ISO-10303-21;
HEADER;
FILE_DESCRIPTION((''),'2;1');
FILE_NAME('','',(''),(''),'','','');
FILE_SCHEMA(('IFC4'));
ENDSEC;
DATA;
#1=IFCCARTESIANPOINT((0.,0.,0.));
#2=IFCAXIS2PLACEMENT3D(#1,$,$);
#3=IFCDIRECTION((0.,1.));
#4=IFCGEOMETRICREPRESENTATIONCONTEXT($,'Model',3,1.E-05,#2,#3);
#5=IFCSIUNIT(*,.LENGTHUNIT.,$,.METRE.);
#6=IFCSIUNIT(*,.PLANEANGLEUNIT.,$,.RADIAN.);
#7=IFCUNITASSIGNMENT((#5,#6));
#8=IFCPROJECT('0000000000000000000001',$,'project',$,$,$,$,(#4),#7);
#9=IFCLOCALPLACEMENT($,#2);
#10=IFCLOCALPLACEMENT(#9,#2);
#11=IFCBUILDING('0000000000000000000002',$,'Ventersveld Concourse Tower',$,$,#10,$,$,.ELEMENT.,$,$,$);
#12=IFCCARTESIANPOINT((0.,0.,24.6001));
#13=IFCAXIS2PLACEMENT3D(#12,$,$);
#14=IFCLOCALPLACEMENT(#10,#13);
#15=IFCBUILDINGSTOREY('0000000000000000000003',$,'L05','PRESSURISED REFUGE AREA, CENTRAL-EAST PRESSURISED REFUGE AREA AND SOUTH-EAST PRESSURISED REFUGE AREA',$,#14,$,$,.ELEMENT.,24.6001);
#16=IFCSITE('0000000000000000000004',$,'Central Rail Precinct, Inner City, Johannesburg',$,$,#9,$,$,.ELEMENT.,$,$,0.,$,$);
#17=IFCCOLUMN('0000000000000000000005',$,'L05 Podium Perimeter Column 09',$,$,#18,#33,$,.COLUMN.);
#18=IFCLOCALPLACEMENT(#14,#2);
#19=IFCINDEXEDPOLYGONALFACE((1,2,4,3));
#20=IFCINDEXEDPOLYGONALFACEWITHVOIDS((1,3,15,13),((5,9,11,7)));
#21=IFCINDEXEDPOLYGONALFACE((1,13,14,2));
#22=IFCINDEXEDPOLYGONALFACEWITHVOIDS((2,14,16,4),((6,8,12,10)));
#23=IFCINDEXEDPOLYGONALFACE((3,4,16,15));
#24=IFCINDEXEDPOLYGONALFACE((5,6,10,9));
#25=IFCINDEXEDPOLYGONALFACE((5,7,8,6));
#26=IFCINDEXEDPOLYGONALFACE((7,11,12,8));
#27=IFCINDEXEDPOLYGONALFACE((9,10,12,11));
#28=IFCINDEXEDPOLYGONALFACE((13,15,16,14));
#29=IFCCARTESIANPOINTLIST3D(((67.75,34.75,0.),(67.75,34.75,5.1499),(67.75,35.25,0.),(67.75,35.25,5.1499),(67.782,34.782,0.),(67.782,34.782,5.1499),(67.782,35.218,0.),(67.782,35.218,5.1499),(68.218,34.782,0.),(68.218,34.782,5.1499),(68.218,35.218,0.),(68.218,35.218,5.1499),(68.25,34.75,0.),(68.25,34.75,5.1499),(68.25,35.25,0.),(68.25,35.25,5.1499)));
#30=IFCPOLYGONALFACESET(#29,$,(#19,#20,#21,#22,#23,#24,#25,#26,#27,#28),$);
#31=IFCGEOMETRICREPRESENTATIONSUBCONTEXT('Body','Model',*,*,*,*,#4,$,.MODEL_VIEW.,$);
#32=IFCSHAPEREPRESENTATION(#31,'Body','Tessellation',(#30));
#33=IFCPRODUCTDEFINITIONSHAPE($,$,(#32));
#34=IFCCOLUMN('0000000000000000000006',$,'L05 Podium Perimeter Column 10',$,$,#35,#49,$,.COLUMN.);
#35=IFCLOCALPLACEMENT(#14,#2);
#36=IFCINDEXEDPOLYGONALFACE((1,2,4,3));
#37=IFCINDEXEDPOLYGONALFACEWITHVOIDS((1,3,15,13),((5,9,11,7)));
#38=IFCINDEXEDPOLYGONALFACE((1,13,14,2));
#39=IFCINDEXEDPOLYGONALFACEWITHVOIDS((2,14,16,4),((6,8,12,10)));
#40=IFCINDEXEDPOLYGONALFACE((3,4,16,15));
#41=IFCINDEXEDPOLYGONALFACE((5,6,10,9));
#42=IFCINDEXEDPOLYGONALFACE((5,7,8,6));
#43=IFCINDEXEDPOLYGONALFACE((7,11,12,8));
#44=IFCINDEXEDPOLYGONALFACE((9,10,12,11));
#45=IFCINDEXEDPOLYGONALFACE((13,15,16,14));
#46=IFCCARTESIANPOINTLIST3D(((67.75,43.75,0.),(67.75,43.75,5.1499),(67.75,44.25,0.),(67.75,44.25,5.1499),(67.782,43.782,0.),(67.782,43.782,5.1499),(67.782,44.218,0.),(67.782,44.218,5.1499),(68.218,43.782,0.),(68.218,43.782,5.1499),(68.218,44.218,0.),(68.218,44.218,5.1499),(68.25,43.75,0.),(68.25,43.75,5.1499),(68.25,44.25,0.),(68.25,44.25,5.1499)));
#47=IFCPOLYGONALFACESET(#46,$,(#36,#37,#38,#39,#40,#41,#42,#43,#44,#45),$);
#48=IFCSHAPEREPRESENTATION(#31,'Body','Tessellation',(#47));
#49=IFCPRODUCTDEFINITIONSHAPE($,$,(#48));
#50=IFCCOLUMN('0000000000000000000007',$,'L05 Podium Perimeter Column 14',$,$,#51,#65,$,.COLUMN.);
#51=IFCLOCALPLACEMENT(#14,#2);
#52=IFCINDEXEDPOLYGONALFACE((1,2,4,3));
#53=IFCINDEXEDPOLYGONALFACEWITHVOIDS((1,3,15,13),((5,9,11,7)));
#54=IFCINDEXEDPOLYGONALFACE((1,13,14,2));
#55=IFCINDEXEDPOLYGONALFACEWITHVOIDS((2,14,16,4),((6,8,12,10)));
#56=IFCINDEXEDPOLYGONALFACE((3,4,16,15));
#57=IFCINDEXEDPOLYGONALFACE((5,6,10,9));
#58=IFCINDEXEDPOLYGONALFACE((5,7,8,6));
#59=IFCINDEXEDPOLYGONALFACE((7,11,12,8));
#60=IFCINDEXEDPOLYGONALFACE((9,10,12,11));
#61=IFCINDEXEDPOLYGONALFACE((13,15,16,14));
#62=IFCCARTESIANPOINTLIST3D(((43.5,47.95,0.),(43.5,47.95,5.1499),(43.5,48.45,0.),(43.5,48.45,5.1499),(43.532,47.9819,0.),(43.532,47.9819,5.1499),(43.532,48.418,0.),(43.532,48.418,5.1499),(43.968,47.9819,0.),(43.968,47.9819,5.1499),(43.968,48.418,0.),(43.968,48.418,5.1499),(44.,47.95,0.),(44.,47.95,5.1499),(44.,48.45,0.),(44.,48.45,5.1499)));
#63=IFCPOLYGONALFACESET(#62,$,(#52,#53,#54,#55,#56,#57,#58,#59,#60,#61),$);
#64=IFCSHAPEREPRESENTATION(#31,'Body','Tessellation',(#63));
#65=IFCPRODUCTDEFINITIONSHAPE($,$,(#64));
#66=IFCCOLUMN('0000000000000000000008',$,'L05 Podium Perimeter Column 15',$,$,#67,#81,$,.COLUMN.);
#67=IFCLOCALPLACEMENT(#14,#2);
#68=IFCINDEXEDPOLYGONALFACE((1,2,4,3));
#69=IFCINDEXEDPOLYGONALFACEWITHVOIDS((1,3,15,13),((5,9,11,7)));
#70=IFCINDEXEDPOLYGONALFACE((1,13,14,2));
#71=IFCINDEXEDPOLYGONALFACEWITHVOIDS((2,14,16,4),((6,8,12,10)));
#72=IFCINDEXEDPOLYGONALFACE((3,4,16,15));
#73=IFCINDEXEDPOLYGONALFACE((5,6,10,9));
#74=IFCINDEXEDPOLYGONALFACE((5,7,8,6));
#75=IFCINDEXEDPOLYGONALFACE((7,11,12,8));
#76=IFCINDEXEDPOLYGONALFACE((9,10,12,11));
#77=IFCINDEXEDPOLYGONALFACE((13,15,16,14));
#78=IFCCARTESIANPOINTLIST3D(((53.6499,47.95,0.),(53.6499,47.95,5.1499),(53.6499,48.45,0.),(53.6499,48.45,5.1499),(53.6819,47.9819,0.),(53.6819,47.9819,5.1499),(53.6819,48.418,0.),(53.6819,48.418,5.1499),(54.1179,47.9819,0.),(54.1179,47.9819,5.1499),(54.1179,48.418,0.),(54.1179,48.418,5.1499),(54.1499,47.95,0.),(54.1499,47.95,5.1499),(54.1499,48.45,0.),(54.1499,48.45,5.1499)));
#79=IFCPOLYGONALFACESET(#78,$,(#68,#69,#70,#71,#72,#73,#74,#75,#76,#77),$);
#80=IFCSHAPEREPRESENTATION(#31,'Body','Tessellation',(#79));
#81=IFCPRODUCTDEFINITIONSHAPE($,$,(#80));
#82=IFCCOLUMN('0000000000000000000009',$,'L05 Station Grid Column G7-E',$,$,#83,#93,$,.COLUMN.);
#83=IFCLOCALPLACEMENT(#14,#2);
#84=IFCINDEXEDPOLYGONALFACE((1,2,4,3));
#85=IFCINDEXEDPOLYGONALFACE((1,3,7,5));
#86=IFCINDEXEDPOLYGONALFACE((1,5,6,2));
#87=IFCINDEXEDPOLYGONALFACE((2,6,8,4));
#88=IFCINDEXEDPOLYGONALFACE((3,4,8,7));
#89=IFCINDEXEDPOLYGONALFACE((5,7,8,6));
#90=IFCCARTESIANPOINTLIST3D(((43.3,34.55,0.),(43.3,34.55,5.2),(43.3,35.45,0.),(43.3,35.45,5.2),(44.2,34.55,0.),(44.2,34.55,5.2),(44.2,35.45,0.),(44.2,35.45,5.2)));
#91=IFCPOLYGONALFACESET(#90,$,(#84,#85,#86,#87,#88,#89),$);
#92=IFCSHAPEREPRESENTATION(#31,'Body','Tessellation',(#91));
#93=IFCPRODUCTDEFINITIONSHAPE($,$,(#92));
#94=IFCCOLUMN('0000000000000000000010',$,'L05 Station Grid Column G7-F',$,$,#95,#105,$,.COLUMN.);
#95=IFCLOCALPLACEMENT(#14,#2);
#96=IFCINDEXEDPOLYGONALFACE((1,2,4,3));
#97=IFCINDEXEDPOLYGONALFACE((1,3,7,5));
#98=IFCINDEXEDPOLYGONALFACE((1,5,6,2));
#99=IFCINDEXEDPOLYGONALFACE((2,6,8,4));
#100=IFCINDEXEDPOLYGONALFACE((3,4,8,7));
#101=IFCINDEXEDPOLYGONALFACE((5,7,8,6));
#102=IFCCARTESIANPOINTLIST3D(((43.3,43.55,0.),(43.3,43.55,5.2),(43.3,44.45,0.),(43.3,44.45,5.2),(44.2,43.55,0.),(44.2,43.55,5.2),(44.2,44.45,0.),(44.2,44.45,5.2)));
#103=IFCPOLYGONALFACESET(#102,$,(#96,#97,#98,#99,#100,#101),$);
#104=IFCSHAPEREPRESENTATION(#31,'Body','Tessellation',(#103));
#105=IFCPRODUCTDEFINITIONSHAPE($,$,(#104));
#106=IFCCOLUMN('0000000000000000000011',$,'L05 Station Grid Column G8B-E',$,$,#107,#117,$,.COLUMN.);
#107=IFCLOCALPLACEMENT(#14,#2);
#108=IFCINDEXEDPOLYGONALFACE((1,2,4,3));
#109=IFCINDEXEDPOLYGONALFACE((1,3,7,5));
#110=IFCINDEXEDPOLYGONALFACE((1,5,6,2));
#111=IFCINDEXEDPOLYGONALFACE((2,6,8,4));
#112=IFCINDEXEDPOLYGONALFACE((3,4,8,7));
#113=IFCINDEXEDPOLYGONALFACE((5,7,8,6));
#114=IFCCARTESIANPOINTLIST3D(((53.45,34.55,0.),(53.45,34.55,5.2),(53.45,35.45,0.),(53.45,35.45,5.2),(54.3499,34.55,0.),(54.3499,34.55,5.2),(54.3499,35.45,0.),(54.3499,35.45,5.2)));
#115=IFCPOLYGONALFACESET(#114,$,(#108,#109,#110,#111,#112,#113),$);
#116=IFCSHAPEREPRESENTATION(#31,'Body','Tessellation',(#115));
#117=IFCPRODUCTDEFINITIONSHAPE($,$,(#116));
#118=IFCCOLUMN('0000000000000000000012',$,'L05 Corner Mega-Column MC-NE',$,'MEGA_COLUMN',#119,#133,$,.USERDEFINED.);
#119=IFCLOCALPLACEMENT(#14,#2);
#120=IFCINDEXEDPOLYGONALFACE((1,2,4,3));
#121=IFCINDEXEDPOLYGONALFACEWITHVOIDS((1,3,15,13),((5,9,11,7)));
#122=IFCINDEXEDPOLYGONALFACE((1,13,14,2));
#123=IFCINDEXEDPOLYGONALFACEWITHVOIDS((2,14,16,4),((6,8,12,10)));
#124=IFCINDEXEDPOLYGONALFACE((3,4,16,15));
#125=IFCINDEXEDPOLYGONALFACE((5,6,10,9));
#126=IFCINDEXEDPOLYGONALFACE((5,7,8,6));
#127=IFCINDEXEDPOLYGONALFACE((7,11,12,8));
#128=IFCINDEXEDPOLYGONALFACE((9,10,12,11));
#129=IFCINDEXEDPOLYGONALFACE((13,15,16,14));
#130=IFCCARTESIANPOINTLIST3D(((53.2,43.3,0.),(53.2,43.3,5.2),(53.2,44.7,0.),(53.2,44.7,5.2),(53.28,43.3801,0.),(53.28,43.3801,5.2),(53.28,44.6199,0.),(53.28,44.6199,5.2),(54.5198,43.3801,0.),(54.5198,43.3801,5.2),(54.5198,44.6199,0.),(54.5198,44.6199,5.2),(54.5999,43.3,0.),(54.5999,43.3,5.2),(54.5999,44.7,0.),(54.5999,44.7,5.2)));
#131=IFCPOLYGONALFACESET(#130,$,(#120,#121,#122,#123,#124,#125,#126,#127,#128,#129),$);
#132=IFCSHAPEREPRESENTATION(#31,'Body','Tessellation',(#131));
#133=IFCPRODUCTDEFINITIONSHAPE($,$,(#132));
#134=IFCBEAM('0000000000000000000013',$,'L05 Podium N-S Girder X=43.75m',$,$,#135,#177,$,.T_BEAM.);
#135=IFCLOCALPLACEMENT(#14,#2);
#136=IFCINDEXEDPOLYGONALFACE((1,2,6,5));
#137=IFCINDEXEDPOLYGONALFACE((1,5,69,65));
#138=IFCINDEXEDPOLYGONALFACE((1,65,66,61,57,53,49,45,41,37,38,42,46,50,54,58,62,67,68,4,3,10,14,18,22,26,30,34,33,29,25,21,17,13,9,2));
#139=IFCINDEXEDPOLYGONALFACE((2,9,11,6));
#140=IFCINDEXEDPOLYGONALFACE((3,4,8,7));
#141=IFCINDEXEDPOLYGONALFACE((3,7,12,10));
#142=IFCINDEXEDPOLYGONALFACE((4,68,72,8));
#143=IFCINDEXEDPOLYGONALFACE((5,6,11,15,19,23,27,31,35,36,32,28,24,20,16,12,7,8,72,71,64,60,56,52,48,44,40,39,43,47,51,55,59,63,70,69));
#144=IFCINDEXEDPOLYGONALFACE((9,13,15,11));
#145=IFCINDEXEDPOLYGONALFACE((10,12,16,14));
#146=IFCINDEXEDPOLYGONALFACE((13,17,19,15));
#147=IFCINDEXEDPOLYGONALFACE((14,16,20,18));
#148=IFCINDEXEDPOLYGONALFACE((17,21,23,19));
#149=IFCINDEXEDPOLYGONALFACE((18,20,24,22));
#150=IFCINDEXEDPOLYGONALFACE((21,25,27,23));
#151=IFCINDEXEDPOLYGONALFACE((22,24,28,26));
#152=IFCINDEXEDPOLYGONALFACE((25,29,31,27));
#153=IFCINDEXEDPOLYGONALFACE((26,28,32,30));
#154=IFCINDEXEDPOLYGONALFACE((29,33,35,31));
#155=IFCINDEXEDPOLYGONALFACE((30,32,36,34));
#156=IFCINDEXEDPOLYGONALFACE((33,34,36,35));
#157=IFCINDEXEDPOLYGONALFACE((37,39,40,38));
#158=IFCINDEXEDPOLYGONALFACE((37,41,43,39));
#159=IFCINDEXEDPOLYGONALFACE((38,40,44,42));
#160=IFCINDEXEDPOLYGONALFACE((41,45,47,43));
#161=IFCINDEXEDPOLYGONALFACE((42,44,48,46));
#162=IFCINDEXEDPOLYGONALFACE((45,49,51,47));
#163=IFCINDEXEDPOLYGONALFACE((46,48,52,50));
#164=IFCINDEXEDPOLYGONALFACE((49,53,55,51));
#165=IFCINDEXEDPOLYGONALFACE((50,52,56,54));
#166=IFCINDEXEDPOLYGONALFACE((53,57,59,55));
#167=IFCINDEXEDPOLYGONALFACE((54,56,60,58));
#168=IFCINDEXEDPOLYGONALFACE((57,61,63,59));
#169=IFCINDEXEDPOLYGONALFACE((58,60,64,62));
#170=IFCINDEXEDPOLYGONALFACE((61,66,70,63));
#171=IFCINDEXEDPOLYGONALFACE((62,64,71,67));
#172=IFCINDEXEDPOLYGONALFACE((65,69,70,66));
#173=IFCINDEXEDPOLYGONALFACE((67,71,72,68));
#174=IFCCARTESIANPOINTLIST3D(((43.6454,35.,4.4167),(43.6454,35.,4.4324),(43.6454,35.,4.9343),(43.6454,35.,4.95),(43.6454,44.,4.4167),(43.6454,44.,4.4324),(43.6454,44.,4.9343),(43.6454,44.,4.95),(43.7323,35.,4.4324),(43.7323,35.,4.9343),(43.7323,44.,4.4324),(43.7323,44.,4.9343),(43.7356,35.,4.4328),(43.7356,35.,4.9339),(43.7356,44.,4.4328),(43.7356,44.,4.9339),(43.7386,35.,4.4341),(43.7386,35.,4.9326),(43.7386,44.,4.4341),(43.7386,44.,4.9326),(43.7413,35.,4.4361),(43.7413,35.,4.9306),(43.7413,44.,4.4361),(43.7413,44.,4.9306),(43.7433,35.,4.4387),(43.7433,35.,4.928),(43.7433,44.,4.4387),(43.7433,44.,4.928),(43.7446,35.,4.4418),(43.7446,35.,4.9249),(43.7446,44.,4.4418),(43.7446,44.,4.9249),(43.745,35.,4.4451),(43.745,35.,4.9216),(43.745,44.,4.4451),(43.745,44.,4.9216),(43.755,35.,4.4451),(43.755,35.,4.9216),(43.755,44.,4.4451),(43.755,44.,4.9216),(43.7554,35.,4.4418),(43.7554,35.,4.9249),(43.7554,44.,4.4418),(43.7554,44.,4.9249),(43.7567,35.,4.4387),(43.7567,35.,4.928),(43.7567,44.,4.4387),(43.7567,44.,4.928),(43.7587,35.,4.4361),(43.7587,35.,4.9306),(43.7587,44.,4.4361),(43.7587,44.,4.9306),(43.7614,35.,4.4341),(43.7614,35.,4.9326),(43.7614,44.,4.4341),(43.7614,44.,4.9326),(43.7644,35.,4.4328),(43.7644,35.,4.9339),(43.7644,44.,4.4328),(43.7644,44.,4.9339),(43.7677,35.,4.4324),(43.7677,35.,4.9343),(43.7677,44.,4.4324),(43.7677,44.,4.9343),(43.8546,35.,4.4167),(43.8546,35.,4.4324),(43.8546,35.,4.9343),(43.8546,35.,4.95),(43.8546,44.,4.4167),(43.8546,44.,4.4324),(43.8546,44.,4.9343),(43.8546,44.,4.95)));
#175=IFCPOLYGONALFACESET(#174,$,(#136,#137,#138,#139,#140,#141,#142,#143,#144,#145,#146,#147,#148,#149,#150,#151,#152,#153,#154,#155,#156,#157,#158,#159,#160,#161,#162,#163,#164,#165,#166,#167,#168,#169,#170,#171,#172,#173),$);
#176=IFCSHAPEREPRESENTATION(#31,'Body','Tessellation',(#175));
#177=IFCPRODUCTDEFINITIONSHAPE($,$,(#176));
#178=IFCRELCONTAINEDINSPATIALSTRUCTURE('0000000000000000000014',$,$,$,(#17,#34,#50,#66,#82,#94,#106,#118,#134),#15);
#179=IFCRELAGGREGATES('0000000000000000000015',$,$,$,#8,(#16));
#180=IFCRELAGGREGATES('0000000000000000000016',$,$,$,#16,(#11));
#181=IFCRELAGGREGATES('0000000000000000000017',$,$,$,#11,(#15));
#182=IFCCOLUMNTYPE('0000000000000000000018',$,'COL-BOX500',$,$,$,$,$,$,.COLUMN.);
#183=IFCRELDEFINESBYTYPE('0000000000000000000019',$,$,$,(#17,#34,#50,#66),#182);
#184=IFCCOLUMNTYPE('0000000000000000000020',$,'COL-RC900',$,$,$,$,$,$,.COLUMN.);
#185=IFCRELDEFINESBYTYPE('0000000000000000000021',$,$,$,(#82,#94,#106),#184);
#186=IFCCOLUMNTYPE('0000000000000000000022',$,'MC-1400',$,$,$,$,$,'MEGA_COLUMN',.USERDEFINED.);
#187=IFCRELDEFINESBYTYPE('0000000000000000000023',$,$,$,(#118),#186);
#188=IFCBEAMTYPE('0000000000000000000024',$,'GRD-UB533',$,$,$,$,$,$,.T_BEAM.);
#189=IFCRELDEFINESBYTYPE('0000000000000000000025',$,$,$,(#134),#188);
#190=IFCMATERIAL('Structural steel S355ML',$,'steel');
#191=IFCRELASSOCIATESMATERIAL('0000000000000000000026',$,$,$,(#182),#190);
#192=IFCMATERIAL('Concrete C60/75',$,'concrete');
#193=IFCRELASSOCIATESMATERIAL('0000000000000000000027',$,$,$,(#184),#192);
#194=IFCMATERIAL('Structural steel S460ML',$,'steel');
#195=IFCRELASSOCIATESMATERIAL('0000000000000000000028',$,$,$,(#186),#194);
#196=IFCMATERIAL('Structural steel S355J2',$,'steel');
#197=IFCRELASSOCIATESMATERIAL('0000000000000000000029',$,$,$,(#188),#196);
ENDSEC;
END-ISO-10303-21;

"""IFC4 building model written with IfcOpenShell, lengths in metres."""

from ifc_helpers import new_model, si_unit, direction, frame, origin, origin_2d, place, context, subcontext, project, spatial, rectangle, hollow_rectangle, i_section, extrude, material, material_profile, profile_set, type_object, element, save


model = new_model("IFC4")

# Units and contexts
model_context = context("Model", 3, precision=1e-05, world=origin(), true_north=direction((0.0, 1.0)))
body_context = subcontext(model_context, "Body", "Model", "MODEL_VIEW")
ifc_project = project(units=[si_unit("LENGTHUNIT", "METRE"), si_unit("PLANEANGLEUNIT", "RADIAN")], contexts=[model_context])

# Site, building, storey
site_placement = place(None, origin())
site = spatial("IfcSite", under=ifc_project, at=site_placement, Name="Central Rail Precinct, Inner City, Johannesburg", CompositionType="ELEMENT", RefElevation=0.0)
building_placement = place(site_placement, origin())
building = spatial("IfcBuilding", under=site, at=building_placement, Name="Ventersveld Concourse Tower", CompositionType="ELEMENT")
storey_placement = place(building_placement, frame((0.0, 0.0, 24.6001)))
storey = spatial("IfcBuildingStorey", under=building, at=storey_placement, Name="L05", Description="PRESSURISED REFUGE AREA, CENTRAL-EAST PRESSURISED REFUGE AREA AND SOUTH-EAST PRESSURISED REFUGE AREA", CompositionType="ELEMENT", Elevation=24.6001)

# Columns
ifc_material_1 = material(Name="Structural steel S355ML", Category="steel")
ifc_material_profile_1 = material_profile(ifc_material_1, hollow_rectangle(XDim=0.5, YDim=0.5, WallThickness=0.032, at=origin_2d()), Name="BOX 500x500x32")
ifc_profile_set_1 = profile_set([ifc_material_profile_1], Name="Structural steel S355ML")
column_type_1 = type_object("IfcColumnType", Name="COL-BOX500", PredefinedType="COLUMN", material=ifc_profile_set_1)
for number, where, z_axis, x_axis, name in (
    (1, (68.0, 35.0, 0.0), (0.0, 0.0, 1.0), (1.0, 0.0, 0.0), "L05 Podium Perimeter Column 09"),
    (2, (68.0, 44.0, 0.0), (0.0, 0.0, 1.0), (1.0, 0.0, 0.0), "L05 Podium Perimeter Column 10"),
    (3, (43.75, 48.2, 0.0), (0.0, 0.0, 1.0), (1.0, 0.0, 0.0), "L05 Podium Perimeter Column 14"),
    (4, (53.8999, 48.2, 0.0), (0.0, 0.0, 1.0), (1.0, 0.0, 0.0), "L05 Podium Perimeter Column 15"),
):
    element("IfcColumn", number, at=place(storey_placement, frame(where, z_axis=z_axis, x_axis=x_axis)), inside=storey, type_object=column_type_1, Name=name, PredefinedType="COLUMN", context=body_context, shape_type="SweptSolid", body=[
        extrude(hollow_rectangle(XDim=0.5, YDim=0.5, WallThickness=0.032, at=origin_2d()), origin(), (0.0, 0.0, 1.0), 5.1499),
    ])
ifc_material_2 = material(Name="Concrete C60/75", Category="concrete")
ifc_material_profile_2 = material_profile(ifc_material_2, rectangle(XDim=0.8999, YDim=0.8999, at=origin_2d()), Name="RC 900x900")
ifc_profile_set_2 = profile_set([ifc_material_profile_2], Name="Concrete C60/75")
column_type_2 = type_object("IfcColumnType", Name="COL-RC900", PredefinedType="COLUMN", material=ifc_profile_set_2)
for number, where, z_axis, x_axis, name in (
    (5, (43.75, 35.0, 0.0), (0.0, 0.0, 1.0), (1.0, 0.0, 0.0), "L05 Station Grid Column G7-E"),
    (6, (43.75, 44.0, 0.0), (0.0, 0.0, 1.0), (1.0, 0.0, 0.0), "L05 Station Grid Column G7-F"),
    (7, (53.8999, 35.0, 0.0), (0.0, 0.0, 1.0), (1.0, 0.0, 0.0), "L05 Station Grid Column G8B-E"),
):
    element("IfcColumn", number, at=place(storey_placement, frame(where, z_axis=z_axis, x_axis=x_axis)), inside=storey, type_object=column_type_2, Name=name, PredefinedType="COLUMN", context=body_context, shape_type="SweptSolid", body=[
        extrude(rectangle(XDim=0.8999, YDim=0.8999, at=origin_2d()), origin(), (0.0, 0.0, 1.0), 5.2),
    ])
ifc_material_3 = material(Name="Structural steel S460ML", Category="steel")
ifc_material_profile_3 = material_profile(ifc_material_3, hollow_rectangle(XDim=1.3999, YDim=1.3999, WallThickness=0.0801, at=origin_2d()), Name="BOX 1400x1400x80")
ifc_profile_set_3 = profile_set([ifc_material_profile_3], Name="Structural steel S460ML")
column_type_3 = type_object("IfcColumnType", Name="MC-1400", ElementType="MEGA_COLUMN", PredefinedType="USERDEFINED", material=ifc_profile_set_3)
column_placement = place(storey_placement, frame((53.8999, 44.0, 0.0), z_axis=(0.0, 0.0, 1.0), x_axis=(1.0, 0.0, 0.0)))
element("IfcColumn", 8, at=column_placement, inside=storey, type_object=column_type_3, Name="L05 Corner Mega-Column MC-NE", ObjectType="MEGA_COLUMN", PredefinedType="USERDEFINED", context=body_context, shape_type="SweptSolid", body=[
    extrude(hollow_rectangle(XDim=1.3999, YDim=1.3999, WallThickness=0.0801, at=origin_2d()), origin(), (0.0, 0.0, 1.0), 5.2),
])

# Beam
ifc_material_4 = material(Name="Structural steel S355J2", Category="steel")
ifc_material_profile_4 = material_profile(ifc_material_4, i_section(OverallWidth=0.2092, OverallDepth=0.5332, WebThickness=0.01, FlangeThickness=0.0156, FilletRadius=0.0127, at=origin_2d()), Name="UB 533x210x92")
ifc_profile_set_4 = profile_set([ifc_material_profile_4], Name="Structural steel S355J2")
beam_type_1 = type_object("IfcBeamType", Name="GRD-UB533", PredefinedType="T_BEAM", material=ifc_profile_set_4)
beam_1_placement = place(storey_placement, frame((43.75, 35.0, 4.6833), z_axis=(0.0, 1.0, 0.0), x_axis=(-1.0, 0.0, 0.0)))
element("IfcBeam", 9, at=beam_1_placement, inside=storey, type_object=beam_type_1, Name="L05 Podium N-S Girder X=43.75m", PredefinedType="T_BEAM", context=body_context, shape_type="SweptSolid", body=[
    extrude(i_section(OverallWidth=0.2092, OverallDepth=0.5332, WebThickness=0.01, FlangeThickness=0.0156, FilletRadius=0.0127, at=origin_2d()), origin(), (0.0, 0.0, 1.0), 9.0),
])

save(model, "model.ifc")
